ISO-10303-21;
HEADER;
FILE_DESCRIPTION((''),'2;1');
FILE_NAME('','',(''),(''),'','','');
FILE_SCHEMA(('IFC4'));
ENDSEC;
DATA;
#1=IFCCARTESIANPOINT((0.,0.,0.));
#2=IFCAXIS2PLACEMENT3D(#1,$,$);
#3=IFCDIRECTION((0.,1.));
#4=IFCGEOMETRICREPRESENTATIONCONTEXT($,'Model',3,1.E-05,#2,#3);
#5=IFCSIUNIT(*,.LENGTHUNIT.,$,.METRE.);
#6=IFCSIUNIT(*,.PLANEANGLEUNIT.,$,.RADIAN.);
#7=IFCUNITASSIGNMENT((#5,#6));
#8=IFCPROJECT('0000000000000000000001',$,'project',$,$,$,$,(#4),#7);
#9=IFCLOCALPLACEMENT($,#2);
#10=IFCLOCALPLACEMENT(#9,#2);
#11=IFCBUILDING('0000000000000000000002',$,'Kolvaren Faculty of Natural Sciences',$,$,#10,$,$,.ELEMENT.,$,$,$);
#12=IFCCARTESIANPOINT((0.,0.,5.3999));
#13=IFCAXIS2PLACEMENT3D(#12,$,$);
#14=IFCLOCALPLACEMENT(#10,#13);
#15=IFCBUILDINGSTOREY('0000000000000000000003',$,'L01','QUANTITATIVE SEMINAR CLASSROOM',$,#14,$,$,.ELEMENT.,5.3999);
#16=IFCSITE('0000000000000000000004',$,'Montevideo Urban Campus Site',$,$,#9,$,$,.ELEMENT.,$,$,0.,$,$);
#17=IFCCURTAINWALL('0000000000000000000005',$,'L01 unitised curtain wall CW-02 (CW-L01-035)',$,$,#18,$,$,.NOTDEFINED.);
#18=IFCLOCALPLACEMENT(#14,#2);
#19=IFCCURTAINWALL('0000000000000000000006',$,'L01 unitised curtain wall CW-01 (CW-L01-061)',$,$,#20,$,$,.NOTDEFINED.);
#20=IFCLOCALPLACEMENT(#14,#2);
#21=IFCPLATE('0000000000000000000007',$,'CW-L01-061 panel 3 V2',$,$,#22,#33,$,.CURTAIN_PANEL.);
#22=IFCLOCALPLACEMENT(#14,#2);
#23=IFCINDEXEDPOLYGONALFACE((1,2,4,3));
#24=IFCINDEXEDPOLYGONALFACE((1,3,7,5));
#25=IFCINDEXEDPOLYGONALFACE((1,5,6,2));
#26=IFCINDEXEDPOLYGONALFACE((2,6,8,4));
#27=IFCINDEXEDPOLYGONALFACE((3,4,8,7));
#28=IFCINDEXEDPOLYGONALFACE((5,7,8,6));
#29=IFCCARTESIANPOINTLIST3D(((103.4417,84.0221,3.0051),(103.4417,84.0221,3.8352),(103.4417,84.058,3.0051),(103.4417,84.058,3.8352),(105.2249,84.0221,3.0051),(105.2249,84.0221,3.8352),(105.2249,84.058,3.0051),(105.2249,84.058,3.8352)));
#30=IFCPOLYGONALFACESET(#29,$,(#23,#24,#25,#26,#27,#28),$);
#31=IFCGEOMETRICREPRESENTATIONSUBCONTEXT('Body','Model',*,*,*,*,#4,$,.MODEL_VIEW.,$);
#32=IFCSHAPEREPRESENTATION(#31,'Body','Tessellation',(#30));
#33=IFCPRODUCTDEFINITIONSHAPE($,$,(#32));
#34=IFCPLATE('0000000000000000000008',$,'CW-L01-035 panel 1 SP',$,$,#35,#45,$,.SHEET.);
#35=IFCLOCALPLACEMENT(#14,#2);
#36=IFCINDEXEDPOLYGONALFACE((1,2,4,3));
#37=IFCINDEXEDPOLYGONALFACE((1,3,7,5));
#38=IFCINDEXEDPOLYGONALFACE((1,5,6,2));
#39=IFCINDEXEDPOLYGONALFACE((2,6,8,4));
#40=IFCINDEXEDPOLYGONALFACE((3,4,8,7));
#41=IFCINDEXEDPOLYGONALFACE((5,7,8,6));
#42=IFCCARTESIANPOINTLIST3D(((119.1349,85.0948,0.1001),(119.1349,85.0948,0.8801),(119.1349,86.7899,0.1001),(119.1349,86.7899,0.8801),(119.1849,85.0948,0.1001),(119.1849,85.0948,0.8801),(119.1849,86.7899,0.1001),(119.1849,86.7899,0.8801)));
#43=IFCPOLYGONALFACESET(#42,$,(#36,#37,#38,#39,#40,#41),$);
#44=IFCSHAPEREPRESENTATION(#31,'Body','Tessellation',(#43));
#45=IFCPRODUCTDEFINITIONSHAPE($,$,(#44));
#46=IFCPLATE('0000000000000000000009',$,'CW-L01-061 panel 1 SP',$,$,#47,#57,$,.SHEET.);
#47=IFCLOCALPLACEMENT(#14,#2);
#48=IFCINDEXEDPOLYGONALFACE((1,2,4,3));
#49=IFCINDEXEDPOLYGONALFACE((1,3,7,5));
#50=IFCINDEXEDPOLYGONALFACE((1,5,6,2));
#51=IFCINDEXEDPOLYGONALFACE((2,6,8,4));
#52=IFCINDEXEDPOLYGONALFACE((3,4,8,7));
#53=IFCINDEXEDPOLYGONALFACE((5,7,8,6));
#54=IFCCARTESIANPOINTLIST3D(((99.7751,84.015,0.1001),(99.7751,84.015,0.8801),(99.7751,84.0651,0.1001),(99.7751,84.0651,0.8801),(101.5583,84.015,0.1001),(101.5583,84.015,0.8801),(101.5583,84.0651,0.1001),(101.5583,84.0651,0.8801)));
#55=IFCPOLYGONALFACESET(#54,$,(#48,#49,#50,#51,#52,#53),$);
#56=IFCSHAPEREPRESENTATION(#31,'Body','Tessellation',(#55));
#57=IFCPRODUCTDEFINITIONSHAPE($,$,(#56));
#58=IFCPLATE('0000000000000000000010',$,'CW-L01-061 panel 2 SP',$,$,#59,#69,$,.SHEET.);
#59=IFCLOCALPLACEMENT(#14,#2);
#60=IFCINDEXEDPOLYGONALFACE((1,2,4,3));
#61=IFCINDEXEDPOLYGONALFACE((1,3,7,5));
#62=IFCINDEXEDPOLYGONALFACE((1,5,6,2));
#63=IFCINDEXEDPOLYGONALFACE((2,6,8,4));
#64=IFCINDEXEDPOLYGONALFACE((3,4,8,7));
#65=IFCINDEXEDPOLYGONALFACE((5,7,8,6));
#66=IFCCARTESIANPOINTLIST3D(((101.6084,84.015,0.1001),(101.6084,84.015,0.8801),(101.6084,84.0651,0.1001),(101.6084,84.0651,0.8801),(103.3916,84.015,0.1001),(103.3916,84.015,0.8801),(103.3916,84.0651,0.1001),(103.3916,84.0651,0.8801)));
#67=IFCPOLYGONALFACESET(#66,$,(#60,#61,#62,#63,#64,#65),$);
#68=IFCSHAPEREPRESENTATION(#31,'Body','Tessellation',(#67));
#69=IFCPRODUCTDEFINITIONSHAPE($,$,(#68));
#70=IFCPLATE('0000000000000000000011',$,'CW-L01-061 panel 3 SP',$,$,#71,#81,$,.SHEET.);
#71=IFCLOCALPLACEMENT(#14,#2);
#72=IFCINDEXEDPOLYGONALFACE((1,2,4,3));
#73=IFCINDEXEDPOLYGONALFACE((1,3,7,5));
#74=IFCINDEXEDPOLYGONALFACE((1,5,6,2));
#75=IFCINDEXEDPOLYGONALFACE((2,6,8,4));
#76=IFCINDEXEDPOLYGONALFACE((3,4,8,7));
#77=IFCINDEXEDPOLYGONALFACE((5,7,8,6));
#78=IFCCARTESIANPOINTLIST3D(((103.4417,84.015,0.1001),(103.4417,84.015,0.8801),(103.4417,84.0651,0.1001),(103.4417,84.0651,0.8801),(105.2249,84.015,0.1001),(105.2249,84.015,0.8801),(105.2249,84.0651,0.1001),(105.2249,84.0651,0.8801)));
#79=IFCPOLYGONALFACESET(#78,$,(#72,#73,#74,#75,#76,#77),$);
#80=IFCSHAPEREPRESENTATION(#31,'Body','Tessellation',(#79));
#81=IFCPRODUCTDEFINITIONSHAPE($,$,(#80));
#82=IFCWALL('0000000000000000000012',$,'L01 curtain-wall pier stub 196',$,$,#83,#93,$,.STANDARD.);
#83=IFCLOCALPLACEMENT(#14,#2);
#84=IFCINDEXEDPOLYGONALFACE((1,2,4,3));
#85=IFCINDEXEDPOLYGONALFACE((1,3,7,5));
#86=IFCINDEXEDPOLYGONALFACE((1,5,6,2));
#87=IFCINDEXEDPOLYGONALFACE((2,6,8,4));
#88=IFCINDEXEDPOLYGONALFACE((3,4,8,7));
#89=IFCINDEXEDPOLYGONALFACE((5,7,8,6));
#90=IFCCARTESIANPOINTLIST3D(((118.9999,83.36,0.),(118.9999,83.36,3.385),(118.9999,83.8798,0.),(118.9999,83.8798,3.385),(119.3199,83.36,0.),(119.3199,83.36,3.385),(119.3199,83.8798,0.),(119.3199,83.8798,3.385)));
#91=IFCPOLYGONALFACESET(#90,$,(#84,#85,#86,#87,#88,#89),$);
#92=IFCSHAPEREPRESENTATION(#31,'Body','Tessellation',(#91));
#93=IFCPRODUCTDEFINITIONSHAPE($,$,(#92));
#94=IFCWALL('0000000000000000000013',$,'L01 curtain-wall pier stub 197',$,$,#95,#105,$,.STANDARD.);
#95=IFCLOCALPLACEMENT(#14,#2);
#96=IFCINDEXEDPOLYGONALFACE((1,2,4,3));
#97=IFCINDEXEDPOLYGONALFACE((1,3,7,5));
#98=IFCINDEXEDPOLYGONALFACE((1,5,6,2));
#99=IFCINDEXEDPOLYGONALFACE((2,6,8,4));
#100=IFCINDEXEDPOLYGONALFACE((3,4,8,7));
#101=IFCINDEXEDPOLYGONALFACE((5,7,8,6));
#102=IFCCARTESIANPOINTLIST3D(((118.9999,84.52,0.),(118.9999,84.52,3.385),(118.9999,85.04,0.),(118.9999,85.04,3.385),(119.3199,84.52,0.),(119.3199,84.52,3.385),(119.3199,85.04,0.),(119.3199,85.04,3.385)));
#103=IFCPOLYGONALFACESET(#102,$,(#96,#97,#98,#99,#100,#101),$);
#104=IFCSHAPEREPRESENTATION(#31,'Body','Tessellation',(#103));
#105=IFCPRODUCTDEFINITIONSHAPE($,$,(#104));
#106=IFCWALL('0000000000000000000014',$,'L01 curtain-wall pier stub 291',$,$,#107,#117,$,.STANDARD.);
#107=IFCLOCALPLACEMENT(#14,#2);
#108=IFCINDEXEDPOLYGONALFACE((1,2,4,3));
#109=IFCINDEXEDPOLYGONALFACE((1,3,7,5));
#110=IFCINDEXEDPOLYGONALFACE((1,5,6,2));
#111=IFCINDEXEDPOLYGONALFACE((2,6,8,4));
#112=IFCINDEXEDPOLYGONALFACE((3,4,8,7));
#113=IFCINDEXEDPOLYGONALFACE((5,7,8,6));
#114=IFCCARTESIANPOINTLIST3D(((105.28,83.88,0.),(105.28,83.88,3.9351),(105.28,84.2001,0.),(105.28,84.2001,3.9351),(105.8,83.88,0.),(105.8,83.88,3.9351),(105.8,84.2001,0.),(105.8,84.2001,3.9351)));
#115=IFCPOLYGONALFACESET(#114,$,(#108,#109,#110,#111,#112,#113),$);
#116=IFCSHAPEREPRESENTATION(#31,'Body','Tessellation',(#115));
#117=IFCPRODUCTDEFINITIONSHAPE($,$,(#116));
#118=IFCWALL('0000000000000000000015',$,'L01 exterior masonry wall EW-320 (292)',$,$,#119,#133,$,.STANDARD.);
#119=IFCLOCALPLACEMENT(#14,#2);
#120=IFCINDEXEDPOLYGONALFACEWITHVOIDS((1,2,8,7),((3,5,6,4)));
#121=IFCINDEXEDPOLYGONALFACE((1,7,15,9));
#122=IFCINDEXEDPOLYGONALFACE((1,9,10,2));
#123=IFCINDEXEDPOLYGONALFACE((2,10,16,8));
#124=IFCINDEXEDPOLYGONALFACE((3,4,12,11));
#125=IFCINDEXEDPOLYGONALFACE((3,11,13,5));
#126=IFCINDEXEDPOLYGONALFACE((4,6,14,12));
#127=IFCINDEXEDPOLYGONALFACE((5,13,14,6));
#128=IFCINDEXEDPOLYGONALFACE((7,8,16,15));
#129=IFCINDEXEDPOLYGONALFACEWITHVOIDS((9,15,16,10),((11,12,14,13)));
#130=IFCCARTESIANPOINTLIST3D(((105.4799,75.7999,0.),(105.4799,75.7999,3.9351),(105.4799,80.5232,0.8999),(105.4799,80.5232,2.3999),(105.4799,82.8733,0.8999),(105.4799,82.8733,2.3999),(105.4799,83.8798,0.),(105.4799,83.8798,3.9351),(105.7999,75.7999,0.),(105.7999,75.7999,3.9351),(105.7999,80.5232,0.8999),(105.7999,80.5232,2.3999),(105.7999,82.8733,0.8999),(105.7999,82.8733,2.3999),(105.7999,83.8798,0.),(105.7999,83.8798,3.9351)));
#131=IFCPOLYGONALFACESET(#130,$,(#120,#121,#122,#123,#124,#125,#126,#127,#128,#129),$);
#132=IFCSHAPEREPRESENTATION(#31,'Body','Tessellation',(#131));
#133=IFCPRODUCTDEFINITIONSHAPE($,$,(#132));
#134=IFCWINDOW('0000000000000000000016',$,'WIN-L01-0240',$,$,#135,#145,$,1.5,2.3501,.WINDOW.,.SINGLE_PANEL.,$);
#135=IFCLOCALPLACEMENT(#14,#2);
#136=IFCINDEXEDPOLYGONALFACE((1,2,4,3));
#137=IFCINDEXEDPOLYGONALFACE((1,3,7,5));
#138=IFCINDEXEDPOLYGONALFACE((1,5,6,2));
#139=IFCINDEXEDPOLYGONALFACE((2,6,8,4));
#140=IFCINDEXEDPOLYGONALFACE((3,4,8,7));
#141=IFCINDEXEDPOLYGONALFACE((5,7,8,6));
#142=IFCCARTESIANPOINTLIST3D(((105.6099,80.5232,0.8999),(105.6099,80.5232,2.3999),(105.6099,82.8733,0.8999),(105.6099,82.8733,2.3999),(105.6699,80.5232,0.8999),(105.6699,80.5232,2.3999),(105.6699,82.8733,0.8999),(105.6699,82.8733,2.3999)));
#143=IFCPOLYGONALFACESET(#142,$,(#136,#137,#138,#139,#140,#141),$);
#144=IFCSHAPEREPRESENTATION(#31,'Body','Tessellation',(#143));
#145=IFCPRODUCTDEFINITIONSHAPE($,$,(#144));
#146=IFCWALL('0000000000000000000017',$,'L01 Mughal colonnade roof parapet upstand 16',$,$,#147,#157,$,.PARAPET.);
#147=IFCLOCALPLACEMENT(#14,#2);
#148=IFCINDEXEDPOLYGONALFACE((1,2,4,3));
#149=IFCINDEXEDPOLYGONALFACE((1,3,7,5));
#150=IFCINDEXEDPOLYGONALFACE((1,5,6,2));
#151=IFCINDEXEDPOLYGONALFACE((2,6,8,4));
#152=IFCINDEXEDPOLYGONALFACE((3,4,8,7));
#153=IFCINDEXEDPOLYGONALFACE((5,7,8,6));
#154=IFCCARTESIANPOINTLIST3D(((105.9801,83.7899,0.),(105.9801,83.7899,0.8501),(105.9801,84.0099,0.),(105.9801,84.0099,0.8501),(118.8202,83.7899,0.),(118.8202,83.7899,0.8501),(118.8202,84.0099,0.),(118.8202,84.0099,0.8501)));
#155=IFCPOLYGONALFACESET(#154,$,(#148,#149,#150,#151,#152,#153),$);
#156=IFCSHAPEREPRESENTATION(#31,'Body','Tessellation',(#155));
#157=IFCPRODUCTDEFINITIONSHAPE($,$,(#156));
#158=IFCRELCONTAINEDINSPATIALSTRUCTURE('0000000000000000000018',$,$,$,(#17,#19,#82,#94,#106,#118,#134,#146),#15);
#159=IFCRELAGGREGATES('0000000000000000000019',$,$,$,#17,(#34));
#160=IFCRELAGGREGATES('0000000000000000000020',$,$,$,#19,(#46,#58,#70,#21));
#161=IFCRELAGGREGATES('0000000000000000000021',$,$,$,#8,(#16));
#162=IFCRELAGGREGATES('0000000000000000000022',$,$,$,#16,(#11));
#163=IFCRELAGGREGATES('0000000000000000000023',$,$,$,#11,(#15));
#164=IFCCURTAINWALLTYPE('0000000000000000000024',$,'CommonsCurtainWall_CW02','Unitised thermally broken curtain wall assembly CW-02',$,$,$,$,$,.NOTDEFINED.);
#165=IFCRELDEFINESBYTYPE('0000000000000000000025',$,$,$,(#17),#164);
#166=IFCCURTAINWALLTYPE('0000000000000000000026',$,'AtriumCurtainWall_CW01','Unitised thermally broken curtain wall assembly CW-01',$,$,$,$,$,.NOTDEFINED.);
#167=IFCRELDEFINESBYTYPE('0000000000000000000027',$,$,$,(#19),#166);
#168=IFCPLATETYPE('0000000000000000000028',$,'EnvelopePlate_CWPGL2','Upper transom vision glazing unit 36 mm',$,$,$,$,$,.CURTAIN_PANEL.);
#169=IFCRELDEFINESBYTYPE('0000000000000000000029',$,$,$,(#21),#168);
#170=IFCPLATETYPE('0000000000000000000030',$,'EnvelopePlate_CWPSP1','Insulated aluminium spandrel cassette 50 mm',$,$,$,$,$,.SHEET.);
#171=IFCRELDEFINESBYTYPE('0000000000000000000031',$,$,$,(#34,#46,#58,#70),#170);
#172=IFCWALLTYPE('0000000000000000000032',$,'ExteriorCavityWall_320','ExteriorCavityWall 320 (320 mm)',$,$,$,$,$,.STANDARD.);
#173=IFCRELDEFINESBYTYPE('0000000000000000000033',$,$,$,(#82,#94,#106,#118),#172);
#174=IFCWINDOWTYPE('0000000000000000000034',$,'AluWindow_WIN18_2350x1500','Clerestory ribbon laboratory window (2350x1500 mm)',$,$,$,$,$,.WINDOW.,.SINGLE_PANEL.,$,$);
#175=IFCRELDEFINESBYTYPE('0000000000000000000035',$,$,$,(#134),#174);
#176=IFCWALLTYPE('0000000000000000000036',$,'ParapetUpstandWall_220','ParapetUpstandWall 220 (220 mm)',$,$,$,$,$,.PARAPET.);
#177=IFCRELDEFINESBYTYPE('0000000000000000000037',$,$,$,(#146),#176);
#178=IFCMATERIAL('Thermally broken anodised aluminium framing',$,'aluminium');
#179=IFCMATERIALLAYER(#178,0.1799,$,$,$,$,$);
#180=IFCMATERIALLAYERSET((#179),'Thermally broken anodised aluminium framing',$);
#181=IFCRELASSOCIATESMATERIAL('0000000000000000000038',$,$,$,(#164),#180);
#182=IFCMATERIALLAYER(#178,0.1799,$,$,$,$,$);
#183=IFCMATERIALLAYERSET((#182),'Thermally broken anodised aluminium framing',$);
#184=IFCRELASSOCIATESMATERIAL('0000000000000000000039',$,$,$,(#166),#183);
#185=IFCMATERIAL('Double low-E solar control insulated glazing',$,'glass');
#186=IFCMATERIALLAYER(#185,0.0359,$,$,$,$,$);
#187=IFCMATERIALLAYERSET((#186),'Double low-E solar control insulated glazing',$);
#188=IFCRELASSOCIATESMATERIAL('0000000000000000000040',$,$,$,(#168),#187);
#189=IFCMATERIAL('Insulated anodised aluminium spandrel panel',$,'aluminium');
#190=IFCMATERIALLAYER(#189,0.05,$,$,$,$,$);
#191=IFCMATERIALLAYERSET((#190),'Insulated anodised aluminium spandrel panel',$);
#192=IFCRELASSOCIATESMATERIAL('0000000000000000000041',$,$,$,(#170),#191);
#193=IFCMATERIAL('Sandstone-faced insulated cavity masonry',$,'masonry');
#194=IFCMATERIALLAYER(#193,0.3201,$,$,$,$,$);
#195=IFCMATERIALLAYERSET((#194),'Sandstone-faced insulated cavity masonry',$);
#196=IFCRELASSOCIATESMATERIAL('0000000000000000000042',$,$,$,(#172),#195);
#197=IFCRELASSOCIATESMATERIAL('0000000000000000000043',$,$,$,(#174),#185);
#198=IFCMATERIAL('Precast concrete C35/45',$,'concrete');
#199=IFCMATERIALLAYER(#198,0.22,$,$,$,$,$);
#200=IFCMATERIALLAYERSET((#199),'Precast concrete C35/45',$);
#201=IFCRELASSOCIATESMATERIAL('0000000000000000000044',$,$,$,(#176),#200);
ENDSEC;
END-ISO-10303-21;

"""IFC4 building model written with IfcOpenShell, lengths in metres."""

from ifc_helpers import new_model, si_unit, direction, frame, frame_2d, origin, origin_2d, place, context, subcontext, project, spatial, rectangle, extrude, material, layer, layer_set, type_object, element, fill, aggregate, save


model = new_model("IFC4")

# Units and contexts
model_context = context("Model", 3, precision=1e-05, world=origin(), true_north=direction((0.0, 1.0)))
body_context = subcontext(model_context, "Body", "Model", "MODEL_VIEW")
ifc_project = project(units=[si_unit("LENGTHUNIT", "METRE"), si_unit("PLANEANGLEUNIT", "RADIAN")], contexts=[model_context])

# Site, building, storey
site_placement = place(None, origin())
site = spatial("IfcSite", under=ifc_project, at=site_placement, Name="Montevideo Urban Campus Site", CompositionType="ELEMENT", RefElevation=0.0)
building_placement = place(site_placement, origin())
building = spatial("IfcBuilding", under=site, at=building_placement, Name="Kolvaren Faculty of Natural Sciences", CompositionType="ELEMENT")
storey_placement = place(building_placement, frame((0.0, 0.0, 5.3999)))
storey = spatial("IfcBuildingStorey", under=building, at=storey_placement, Name="L01", Description="QUANTITATIVE SEMINAR CLASSROOM", CompositionType="ELEMENT", Elevation=5.3999)

# Curtain wall
ifc_material_1 = material(Name="Thermally broken anodised aluminium framing", Category="aluminium")
ifc_layer_1 = layer(ifc_material_1, 0.1799)
ifc_layer_set_1 = layer_set([ifc_layer_1], Name="Thermally broken anodised aluminium framing")
curtain_wall_type_1 = type_object("IfcCurtainWallType", Name="CommonsCurtainWall_CW02", Description="Unitised thermally broken curtain wall assembly CW-02", PredefinedType="NOTDEFINED", material=ifc_layer_set_1)
curtain_wall_1_placement = place(storey_placement, origin())
curtain_wall_1 = element("IfcCurtainWall", 1, at=curtain_wall_1_placement, inside=storey, type_object=curtain_wall_type_1, Name="L01 unitised curtain wall CW-02 (CW-L01-035)", PredefinedType="NOTDEFINED")

# Curtain wall
ifc_layer_2 = layer(ifc_material_1, 0.1799)
ifc_layer_set_2 = layer_set([ifc_layer_2], Name="Thermally broken anodised aluminium framing")
curtain_wall_type_2 = type_object("IfcCurtainWallType", Name="AtriumCurtainWall_CW01", Description="Unitised thermally broken curtain wall assembly CW-01", PredefinedType="NOTDEFINED", material=ifc_layer_set_2)
curtain_wall_2_placement = place(storey_placement, origin())
curtain_wall_2 = element("IfcCurtainWall", 2, at=curtain_wall_2_placement, inside=storey, type_object=curtain_wall_type_2, Name="L01 unitised curtain wall CW-01 (CW-L01-061)", PredefinedType="NOTDEFINED")

# Shared definitions
ifc_material_2 = material(Name="Precast concrete C35/45", Category="concrete")

# Plates
ifc_material_3 = material(Name="Double low-E solar control insulated glazing", Category="glass")
ifc_layer_3 = layer(ifc_material_3, 0.0359)
ifc_layer_set_3 = layer_set([ifc_layer_3], Name="Double low-E solar control insulated glazing")
plate_type_1 = type_object("IfcPlateType", Name="EnvelopePlate_CWPGL2", Description="Upper transom vision glazing unit 36 mm", PredefinedType="CURTAIN_PANEL", material=ifc_layer_set_3)
plate_1_placement = place(storey_placement, frame((104.3333, 84.04, 3.0051), z_axis=(0.0, 0.0, 1.0), x_axis=(1.0, 0.0, 0.0)))
plate_1 = element("IfcPlate", 3, at=plate_1_placement, type_object=plate_type_1, Name="CW-L01-061 panel 3 V2", PredefinedType="CURTAIN_PANEL", context=body_context, shape_type="SweptSolid", body=[
    extrude(rectangle(XDim=1.7832, YDim=0.0359, at=origin_2d()), origin(), (0.0, 0.0, 1.0), 0.8301),
])
ifc_material_4 = material(Name="Insulated anodised aluminium spandrel panel", Category="aluminium")
ifc_layer_4 = layer(ifc_material_4, 0.05)
ifc_layer_set_4 = layer_set([ifc_layer_4], Name="Insulated anodised aluminium spandrel panel")
plate_type_2 = type_object("IfcPlateType", Name="EnvelopePlate_CWPSP1", Description="Insulated aluminium spandrel cassette 50 mm", PredefinedType="SHEET", material=ifc_layer_set_4)
plate_2_placement = place(storey_placement, frame((119.1599, 85.9424, 0.1001), z_axis=(0.0, 0.0, 1.0), x_axis=(0.0, 1.0, 0.0)))
plate_2 = element("IfcPlate", 4, at=plate_2_placement, type_object=plate_type_2, Name="CW-L01-035 panel 1 SP", PredefinedType="SHEET", context=body_context, shape_type="SweptSolid", body=[
    extrude(rectangle(XDim=1.6951, YDim=0.05, at=origin_2d()), origin(), (0.0, 0.0, 1.0), 0.78),
])
aggregate(curtain_wall_1, [plate_2])
plate_3_placement = place(storey_placement, frame((100.6667, 84.04, 0.1001), z_axis=(0.0, 0.0, 1.0), x_axis=(1.0, 0.0, 0.0)))
plate_3 = element("IfcPlate", 5, at=plate_3_placement, type_object=plate_type_2, Name="CW-L01-061 panel 1 SP", PredefinedType="SHEET", context=body_context, shape_type="SweptSolid", body=[
    extrude(rectangle(XDim=1.7832, YDim=0.05, at=origin_2d()), origin(), (0.0, 0.0, 1.0), 0.78),
])
plate_4_placement = place(storey_placement, frame((102.5, 84.04, 0.1001), z_axis=(0.0, 0.0, 1.0), x_axis=(1.0, 0.0, 0.0)))
plate_4 = element("IfcPlate", 6, at=plate_4_placement, type_object=plate_type_2, Name="CW-L01-061 panel 2 SP", PredefinedType="SHEET", context=body_context, shape_type="SweptSolid", body=[
    extrude(rectangle(XDim=1.7832, YDim=0.05, at=origin_2d()), origin(), (0.0, 0.0, 1.0), 0.78),
])
plate_5_placement = place(storey_placement, frame((104.3333, 84.04, 0.1001), z_axis=(0.0, 0.0, 1.0), x_axis=(1.0, 0.0, 0.0)))
plate_5 = element("IfcPlate", 7, at=plate_5_placement, type_object=plate_type_2, Name="CW-L01-061 panel 3 SP", PredefinedType="SHEET", context=body_context, shape_type="SweptSolid", body=[
    extrude(rectangle(XDim=1.7832, YDim=0.05, at=origin_2d()), origin(), (0.0, 0.0, 1.0), 0.78),
])
aggregate(curtain_wall_2, [plate_3, plate_4, plate_5, plate_1])

# Walls
ifc_material_5 = material(Name="Sandstone-faced insulated cavity masonry", Category="masonry")
ifc_layer_5 = layer(ifc_material_5, 0.3201)
ifc_layer_set_5 = layer_set([ifc_layer_5], Name="Sandstone-faced insulated cavity masonry")
wall_type_1 = type_object("IfcWallType", Name="ExteriorCavityWall_320", Description="ExteriorCavityWall 320 (320 mm)", PredefinedType="STANDARD", material=ifc_layer_set_5)
wall_1_placement = place(storey_placement, frame((119.1599, 83.3601, 0.0), z_axis=(0.0, 0.0, 1.0), x_axis=(0.0, 1.0, 0.0)))
element("IfcWall", 8, at=wall_1_placement, inside=storey, type_object=wall_type_1, Name="L01 curtain-wall pier stub 196", PredefinedType="STANDARD", context=body_context, shape_type="SweptSolid", body=[
    extrude(rectangle(XDim=0.5198, YDim=0.3201, at=frame_2d((0.2598, 0.0))), origin(), (0.0, 0.0, 1.0), 3.385),
])
wall_2_placement = place(storey_placement, frame((119.1599, 84.52, 0.0), z_axis=(0.0, 0.0, 1.0), x_axis=(0.0, 1.0, 0.0)))
element("IfcWall", 9, at=wall_2_placement, inside=storey, type_object=wall_type_1, Name="L01 curtain-wall pier stub 197", PredefinedType="STANDARD", context=body_context, shape_type="SweptSolid", body=[
    extrude(rectangle(XDim=0.52, YDim=0.3201, at=frame_2d((0.26, 0.0))), origin(), (0.0, 0.0, 1.0), 3.385),
])
wall_3_placement = place(storey_placement, frame((105.28, 84.04, 0.0), z_axis=(0.0, 0.0, 1.0), x_axis=(1.0, 0.0, 0.0)))
element("IfcWall", 10, at=wall_3_placement, inside=storey, type_object=wall_type_1, Name="L01 curtain-wall pier stub 291", PredefinedType="STANDARD", context=body_context, shape_type="SweptSolid", body=[
    extrude(rectangle(XDim=0.52, YDim=0.3201, at=frame_2d((0.26, 0.0))), origin(), (0.0, 0.0, 1.0), 3.9351),
])

# Wall, opening, window
wall_4_placement = place(storey_placement, frame((105.6399, 83.8799, 0.0), z_axis=(0.0, 0.0, 1.0), x_axis=(0.0, -1.0, 0.0)))
wall_4 = element("IfcWall", 11, at=wall_4_placement, inside=storey, type_object=wall_type_1, Name="L01 exterior masonry wall EW-320 (292)", PredefinedType="STANDARD", context=body_context, shape_type="SweptSolid", body=[
    extrude(rectangle(XDim=8.0798, YDim=0.3201, at=frame_2d((4.04, 0.0))), origin(), (0.0, 0.0, 1.0), 3.9351),
])
opening_placement = place(wall_4_placement, frame((1.0066, 0.0, 0.8999)))
opening = element("IfcOpeningElement", 12, at=opening_placement, cuts=wall_4, PredefinedType="OPENING", context=body_context, shape_type="SweptSolid", body=[
    extrude(rectangle(XDim=2.3501, YDim=1.5, at=frame_2d((1.175, 0.75))), frame((0.0, 0.1699, 0.0), z_axis=(0.0, -1.0, 0.0), x_axis=(1.0, 0.0, 0.0)), (0.0, 0.0, 1.0), 0.3401),
])
window_type = type_object("IfcWindowType", Name="AluWindow_WIN18_2350x1500", Description="Clerestory ribbon laboratory window (2350x1500 mm)", PartitioningType="SINGLE_PANEL", PredefinedType="WINDOW", material=ifc_material_3)
window_placement = place(opening_placement, origin())
window = element("IfcWindow", 13, at=window_placement, inside=storey, type_object=window_type, Name="WIN-L01-0240", OverallHeight=1.5, OverallWidth=2.3501, PartitioningType="SINGLE_PANEL", PredefinedType="WINDOW", context=body_context, shape_type="SweptSolid", body=[
    extrude(rectangle(XDim=2.3501, YDim=1.5, at=frame_2d((1.175, 0.75))), frame((0.0, 0.03, 0.0), z_axis=(0.0, -1.0, 0.0), x_axis=(1.0, 0.0, 0.0)), (0.0, 0.0, 1.0), 0.0601),
])
fill(opening, window)

# Wall
ifc_layer_6 = layer(ifc_material_2, 0.22)
ifc_layer_set_6 = layer_set([ifc_layer_6], Name="Precast concrete C35/45")
wall_type_2 = type_object("IfcWallType", Name="ParapetUpstandWall_220", Description="ParapetUpstandWall 220 (220 mm)", PredefinedType="PARAPET", material=ifc_layer_set_6)
wall_5_placement = place(storey_placement, frame((118.8201, 83.8999, 0.0), z_axis=(0.0, 0.0, 1.0), x_axis=(-1.0, 0.0, 0.0)))
element("IfcWall", 14, at=wall_5_placement, inside=storey, type_object=wall_type_2, Name="L01 Mughal colonnade roof parapet upstand 16", PredefinedType="PARAPET", context=body_context, shape_type="SweptSolid", body=[
    extrude(rectangle(XDim=12.8401, YDim=0.22, at=frame_2d((6.4199, 0.0))), origin(), (0.0, 0.0, 1.0), 0.8501),
])

save(model, "model.ifc")
